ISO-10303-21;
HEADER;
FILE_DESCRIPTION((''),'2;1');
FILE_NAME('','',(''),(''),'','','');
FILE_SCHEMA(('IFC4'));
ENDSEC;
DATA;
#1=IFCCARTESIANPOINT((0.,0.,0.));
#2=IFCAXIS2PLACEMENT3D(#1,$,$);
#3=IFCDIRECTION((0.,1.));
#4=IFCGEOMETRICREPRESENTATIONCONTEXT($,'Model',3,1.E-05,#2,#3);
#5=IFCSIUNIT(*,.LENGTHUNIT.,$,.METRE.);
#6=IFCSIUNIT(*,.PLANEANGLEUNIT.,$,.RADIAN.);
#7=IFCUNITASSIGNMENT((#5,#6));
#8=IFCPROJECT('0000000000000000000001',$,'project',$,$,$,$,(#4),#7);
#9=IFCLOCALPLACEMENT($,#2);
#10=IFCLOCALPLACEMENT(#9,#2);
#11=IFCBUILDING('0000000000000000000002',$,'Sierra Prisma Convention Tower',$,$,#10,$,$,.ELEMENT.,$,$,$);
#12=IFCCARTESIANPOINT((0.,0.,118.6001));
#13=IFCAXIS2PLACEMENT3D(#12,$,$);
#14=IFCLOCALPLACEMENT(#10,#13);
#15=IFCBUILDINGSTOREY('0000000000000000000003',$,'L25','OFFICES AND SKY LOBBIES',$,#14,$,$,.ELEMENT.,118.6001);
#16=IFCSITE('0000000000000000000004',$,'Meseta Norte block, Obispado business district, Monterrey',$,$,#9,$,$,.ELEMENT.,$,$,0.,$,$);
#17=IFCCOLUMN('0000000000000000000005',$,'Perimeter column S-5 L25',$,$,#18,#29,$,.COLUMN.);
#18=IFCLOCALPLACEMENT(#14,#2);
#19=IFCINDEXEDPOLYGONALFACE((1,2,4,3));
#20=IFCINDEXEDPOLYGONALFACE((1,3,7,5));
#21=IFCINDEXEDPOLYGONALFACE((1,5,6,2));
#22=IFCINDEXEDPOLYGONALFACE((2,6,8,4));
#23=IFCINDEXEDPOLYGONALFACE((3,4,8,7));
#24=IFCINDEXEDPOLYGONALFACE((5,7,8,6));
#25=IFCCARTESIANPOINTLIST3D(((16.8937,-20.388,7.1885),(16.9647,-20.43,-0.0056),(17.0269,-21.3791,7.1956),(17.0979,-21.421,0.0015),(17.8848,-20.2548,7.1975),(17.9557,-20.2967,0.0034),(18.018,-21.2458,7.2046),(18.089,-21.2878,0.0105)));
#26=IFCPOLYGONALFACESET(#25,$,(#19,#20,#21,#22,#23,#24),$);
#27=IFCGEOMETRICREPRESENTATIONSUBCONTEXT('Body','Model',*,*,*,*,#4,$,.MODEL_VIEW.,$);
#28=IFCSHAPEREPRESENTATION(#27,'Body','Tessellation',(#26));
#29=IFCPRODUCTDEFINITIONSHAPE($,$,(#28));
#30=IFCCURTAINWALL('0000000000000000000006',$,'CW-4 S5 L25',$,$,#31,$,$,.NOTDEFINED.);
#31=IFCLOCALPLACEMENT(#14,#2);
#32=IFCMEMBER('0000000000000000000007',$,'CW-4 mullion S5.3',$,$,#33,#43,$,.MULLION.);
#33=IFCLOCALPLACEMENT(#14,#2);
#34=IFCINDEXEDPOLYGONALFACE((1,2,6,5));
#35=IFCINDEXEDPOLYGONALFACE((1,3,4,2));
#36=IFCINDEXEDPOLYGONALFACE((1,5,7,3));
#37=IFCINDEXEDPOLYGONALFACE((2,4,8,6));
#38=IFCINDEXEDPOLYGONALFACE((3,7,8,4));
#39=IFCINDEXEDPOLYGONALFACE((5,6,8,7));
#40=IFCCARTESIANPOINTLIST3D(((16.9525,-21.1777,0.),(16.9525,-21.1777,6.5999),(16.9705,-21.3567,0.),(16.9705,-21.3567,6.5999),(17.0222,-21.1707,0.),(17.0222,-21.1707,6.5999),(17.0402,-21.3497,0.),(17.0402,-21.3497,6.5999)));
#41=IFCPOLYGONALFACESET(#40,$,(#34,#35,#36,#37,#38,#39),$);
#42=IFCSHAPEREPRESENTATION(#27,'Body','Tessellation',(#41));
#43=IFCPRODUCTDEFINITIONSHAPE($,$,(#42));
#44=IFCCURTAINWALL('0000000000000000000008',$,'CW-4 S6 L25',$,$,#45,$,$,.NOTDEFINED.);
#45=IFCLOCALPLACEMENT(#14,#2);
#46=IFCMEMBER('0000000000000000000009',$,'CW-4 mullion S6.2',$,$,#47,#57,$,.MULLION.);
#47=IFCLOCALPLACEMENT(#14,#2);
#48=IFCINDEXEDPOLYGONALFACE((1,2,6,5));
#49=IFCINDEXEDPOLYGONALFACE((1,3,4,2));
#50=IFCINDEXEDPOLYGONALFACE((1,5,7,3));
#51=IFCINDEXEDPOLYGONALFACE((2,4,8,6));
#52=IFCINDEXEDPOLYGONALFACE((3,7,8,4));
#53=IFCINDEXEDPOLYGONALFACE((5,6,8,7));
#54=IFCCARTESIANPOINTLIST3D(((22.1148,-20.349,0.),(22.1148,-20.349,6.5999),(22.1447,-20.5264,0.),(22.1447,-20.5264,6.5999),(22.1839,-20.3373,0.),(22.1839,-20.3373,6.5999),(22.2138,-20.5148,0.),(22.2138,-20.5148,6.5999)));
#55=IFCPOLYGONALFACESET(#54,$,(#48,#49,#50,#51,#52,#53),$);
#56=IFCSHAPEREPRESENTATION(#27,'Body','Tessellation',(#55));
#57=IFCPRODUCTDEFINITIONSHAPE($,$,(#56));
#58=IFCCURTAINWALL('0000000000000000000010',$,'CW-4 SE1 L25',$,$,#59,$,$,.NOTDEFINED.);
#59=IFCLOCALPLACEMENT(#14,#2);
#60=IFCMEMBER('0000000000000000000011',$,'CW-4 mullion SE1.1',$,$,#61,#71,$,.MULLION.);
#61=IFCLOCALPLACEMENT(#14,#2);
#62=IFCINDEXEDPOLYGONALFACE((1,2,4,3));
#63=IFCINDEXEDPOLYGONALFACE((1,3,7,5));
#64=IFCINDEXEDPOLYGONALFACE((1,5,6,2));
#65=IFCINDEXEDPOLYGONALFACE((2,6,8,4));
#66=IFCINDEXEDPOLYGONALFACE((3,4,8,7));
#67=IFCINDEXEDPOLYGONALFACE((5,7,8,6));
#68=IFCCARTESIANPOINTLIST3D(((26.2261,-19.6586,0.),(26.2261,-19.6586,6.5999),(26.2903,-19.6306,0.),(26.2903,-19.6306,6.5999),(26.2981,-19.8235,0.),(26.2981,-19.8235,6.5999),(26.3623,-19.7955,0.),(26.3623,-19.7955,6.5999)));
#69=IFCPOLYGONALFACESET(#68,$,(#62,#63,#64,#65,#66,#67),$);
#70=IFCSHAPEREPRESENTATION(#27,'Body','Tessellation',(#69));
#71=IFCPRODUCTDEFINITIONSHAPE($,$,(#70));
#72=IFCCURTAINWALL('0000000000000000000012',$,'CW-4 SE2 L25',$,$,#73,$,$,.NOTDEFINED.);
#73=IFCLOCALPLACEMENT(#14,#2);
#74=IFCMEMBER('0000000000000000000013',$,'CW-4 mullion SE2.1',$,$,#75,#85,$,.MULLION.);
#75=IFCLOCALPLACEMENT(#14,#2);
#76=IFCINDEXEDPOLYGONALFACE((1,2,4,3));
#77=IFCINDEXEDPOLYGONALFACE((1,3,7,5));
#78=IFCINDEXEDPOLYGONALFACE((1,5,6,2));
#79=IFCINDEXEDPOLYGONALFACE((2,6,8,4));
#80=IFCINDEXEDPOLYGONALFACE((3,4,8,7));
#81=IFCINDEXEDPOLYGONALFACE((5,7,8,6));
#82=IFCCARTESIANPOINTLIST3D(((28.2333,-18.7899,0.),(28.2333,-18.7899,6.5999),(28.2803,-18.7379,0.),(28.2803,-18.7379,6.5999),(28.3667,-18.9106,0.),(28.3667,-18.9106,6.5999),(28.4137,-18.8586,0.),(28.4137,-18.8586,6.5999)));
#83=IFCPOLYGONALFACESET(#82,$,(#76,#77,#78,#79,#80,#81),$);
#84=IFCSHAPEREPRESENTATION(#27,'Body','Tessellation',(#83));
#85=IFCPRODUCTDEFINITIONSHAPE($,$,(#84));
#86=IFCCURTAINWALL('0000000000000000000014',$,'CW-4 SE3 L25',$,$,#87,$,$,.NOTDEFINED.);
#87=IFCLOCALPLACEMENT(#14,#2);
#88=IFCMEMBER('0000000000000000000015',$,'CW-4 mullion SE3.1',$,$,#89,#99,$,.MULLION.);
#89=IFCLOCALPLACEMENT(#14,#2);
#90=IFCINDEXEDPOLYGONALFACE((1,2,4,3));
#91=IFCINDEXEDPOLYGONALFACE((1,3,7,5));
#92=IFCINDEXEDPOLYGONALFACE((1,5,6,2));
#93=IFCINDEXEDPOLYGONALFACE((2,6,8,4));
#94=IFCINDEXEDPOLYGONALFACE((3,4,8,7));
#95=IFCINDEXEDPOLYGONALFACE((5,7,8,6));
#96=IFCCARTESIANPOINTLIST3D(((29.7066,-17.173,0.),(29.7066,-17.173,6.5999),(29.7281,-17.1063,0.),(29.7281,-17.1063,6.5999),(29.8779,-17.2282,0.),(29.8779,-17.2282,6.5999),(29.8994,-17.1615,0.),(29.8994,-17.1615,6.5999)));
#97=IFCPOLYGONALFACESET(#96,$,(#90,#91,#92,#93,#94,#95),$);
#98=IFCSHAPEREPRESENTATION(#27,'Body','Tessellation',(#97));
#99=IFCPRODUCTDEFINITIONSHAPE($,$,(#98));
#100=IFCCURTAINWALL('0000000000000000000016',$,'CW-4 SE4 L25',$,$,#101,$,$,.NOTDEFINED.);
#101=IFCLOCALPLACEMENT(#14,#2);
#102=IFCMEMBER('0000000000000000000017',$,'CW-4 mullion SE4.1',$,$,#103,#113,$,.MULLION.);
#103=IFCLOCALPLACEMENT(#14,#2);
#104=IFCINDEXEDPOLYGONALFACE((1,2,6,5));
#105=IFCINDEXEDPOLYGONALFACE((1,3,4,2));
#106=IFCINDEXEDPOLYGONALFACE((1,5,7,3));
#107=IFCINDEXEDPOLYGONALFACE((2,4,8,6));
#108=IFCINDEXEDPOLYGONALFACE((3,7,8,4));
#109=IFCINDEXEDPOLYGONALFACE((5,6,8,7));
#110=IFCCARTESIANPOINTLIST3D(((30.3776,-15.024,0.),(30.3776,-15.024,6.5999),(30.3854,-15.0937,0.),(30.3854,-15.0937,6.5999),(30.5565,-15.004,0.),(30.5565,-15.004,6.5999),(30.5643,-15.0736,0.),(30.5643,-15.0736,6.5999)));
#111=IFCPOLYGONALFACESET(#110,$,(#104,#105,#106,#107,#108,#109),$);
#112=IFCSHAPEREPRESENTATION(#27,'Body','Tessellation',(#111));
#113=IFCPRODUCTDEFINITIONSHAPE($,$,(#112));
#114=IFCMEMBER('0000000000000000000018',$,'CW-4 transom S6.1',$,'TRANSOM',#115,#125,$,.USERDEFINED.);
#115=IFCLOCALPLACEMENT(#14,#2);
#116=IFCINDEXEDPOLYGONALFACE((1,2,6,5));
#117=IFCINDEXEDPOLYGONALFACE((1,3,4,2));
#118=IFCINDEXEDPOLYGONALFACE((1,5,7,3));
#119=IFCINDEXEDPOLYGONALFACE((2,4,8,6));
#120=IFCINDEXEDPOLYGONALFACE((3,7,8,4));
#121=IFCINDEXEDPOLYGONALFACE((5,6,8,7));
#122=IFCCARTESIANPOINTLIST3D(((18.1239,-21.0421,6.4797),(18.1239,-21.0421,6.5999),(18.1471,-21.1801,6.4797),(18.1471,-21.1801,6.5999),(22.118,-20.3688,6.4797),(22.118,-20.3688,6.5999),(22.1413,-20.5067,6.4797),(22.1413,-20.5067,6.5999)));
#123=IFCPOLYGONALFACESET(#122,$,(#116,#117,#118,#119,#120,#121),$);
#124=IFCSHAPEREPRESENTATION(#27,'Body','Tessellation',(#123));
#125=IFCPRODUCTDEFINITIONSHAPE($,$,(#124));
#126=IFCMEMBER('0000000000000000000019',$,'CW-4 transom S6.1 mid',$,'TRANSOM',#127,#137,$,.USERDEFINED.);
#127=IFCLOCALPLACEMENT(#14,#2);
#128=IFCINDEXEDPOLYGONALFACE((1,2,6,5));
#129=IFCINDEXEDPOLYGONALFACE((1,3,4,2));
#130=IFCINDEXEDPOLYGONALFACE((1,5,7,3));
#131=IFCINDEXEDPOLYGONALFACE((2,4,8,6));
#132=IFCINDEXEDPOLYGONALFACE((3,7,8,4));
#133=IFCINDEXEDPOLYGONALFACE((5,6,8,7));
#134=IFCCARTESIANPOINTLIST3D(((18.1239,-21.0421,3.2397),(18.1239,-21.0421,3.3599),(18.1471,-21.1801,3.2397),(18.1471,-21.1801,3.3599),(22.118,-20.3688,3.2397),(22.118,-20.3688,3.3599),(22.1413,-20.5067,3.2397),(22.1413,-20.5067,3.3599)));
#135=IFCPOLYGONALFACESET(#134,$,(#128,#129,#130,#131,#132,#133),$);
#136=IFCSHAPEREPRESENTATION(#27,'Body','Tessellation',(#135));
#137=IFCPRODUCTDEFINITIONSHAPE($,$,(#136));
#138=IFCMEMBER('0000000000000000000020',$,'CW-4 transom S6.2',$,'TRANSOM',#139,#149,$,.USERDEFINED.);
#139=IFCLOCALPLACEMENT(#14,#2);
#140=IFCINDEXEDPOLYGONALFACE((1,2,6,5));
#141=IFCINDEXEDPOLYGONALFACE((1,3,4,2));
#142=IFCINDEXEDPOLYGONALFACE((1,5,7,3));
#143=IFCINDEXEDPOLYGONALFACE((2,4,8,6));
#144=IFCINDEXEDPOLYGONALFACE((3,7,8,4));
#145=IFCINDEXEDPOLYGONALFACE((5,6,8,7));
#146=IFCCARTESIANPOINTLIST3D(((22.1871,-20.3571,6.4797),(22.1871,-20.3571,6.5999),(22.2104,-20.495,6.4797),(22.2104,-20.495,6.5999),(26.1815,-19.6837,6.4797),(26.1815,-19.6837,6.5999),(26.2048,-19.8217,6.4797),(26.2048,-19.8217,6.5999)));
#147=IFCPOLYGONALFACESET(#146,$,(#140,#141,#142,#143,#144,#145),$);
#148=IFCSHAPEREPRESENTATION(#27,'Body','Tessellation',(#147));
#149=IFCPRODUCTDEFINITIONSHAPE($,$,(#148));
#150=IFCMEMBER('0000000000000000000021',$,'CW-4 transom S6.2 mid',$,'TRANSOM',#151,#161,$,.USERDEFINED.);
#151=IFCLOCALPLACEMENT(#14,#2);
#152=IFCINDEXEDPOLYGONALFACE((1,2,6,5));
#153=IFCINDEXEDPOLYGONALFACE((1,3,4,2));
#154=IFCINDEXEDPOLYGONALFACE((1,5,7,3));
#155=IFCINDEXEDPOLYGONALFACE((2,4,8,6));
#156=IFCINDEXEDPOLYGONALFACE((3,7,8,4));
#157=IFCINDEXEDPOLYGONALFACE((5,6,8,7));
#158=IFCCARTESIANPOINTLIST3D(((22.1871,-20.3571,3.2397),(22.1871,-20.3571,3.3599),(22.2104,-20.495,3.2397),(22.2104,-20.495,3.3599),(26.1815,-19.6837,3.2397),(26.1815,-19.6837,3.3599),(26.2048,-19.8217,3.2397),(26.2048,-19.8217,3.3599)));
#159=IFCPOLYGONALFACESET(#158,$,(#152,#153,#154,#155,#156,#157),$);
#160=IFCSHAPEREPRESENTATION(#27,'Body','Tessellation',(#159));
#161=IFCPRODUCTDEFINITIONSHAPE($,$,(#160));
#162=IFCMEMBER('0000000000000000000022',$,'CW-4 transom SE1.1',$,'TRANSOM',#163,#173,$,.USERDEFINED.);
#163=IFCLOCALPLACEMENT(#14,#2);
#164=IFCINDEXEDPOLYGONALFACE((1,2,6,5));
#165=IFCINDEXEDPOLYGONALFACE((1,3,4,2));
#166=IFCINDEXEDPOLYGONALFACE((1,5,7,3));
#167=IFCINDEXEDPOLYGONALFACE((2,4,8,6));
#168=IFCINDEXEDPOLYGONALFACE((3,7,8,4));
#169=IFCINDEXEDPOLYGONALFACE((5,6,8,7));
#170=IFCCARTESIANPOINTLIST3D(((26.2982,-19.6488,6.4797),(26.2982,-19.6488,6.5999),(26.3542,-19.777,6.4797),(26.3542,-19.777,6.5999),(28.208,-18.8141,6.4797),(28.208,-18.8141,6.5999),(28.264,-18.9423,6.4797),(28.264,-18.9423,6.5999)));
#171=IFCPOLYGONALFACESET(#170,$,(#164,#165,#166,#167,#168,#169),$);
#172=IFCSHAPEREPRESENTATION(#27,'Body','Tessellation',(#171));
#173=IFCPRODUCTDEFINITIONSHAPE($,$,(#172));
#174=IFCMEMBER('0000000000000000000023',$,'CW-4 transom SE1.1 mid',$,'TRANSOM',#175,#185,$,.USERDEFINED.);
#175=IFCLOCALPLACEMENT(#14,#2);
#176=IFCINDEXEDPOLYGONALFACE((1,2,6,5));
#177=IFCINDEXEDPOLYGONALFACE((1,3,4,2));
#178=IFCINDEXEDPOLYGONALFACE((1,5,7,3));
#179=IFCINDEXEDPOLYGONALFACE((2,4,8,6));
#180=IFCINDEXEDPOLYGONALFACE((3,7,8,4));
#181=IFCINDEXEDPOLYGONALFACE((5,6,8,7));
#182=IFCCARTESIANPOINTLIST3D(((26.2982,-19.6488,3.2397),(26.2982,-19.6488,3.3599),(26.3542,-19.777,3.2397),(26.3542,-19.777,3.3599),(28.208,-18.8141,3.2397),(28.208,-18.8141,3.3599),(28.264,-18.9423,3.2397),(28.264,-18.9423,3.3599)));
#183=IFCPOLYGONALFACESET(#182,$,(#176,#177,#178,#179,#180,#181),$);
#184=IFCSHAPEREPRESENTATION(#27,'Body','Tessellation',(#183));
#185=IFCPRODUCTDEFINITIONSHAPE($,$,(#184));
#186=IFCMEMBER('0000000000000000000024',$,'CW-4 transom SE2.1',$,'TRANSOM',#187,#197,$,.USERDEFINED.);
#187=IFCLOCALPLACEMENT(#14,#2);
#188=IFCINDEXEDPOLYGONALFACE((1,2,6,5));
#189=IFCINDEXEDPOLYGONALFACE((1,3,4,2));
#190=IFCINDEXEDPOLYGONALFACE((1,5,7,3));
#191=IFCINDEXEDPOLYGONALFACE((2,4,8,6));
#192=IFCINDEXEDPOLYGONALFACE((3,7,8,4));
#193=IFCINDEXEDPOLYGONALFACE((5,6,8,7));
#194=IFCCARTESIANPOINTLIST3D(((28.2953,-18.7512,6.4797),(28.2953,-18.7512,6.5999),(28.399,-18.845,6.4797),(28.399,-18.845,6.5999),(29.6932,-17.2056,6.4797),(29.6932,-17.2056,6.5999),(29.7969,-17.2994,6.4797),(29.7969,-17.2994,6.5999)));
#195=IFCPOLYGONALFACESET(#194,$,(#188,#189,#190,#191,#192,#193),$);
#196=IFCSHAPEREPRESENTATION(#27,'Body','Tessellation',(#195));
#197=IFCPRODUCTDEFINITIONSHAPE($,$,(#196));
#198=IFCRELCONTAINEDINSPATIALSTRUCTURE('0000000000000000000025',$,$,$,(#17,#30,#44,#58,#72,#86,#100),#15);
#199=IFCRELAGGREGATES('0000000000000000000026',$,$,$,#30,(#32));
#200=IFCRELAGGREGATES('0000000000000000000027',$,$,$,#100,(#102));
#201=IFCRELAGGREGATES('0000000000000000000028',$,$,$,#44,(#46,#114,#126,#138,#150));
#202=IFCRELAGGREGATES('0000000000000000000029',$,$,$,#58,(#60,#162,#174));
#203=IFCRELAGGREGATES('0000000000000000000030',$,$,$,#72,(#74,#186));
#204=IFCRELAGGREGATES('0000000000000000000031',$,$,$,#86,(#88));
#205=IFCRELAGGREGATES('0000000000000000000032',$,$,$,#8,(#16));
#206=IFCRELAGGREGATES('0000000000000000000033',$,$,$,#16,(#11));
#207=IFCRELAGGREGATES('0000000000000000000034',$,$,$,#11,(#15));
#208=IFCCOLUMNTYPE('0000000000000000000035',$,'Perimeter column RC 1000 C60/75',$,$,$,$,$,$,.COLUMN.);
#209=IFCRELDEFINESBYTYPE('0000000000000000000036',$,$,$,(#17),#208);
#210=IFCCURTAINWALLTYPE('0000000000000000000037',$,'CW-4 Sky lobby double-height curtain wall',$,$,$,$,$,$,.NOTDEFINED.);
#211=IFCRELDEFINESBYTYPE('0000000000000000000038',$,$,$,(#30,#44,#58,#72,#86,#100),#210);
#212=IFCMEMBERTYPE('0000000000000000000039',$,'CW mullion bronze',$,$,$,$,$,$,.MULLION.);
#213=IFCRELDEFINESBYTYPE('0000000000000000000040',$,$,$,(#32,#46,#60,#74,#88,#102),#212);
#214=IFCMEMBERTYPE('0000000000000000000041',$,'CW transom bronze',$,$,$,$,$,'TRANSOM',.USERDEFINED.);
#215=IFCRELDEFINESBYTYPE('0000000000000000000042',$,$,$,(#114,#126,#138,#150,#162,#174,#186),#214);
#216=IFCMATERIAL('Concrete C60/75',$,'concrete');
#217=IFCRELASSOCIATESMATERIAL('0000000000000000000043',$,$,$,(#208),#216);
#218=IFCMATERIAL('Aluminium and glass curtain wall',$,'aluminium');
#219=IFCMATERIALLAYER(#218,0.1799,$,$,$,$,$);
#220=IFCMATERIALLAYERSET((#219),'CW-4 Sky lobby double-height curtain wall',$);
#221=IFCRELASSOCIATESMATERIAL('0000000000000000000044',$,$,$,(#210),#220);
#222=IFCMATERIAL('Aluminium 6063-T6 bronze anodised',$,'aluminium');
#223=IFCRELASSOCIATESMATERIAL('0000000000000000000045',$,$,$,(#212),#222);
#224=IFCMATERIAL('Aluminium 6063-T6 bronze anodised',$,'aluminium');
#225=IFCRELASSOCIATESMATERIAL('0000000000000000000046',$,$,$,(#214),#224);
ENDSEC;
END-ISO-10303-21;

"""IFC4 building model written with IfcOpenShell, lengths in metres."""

from ifc_helpers import new_model, si_unit, direction, frame, origin, origin_2d, place, context, subcontext, project, spatial, rectangle, extrude, clip, halfspace, material, layer, layer_set, material_profile, profile_set, type_object, element, aggregate, save


model = new_model("IFC4")

# Units and contexts
model_context = context("Model", 3, precision=1e-05, world=origin(), true_north=direction((0.0, 1.0)))
body_context = subcontext(model_context, "Body", "Model", "MODEL_VIEW")
ifc_project = project(units=[si_unit("LENGTHUNIT", "METRE"), si_unit("PLANEANGLEUNIT", "RADIAN")], contexts=[model_context])

# Site, building, storey
site_placement = place(None, origin())
site = spatial("IfcSite", under=ifc_project, at=site_placement, Name="Meseta Norte block, Obispado business district, Monterrey", CompositionType="ELEMENT", RefElevation=0.0)
building_placement = place(site_placement, origin())
building = spatial("IfcBuilding", under=site, at=building_placement, Name="Sierra Prisma Convention Tower", CompositionType="ELEMENT")
storey_placement = place(building_placement, frame((0.0, 0.0, 118.6001)))
storey = spatial("IfcBuildingStorey", under=building, at=storey_placement, Name="L25", Description="OFFICES AND SKY LOBBIES", CompositionType="ELEMENT", Elevation=118.6001)

# Column
ifc_material_1 = material(Name="Concrete C60/75", Category="concrete")
ifc_material_profile_1 = material_profile(ifc_material_1, rectangle(XDim=1.0, YDim=1.0, at=origin_2d()), Name="Perimeter column RC 1000 C60/75")
ifc_profile_set_1 = profile_set([ifc_material_profile_1], Name="Concrete C60/75")
column_type = type_object("IfcColumnType", Name="Perimeter column RC 1000 C60/75", PredefinedType="COLUMN", material=ifc_profile_set_1)
column_placement = place(storey_placement, frame((17.5269, -20.8589, 0.0), z_axis=(-0.009867, 0.005832, 0.999934), x_axis=(0.99104, 0.133264, 0.009002)))
element("IfcColumn", 1, at=column_placement, inside=storey, type_object=column_type, Name="Perimeter column S-5 L25", PredefinedType="COLUMN", context=body_context, shape_type="SweptSolid", body=[
    clip(clip(extrude(rectangle(XDim=1.0, YDim=1.0, at=origin_2d()), origin(), (0.0, 0.0, 1.0), 7.2004), halfspace(frame((0.0, 0.0, 0.0024)), True)), halfspace(frame((0.0, 0.0, 7.197)), False)),
])

# Curtain walls, members
ifc_material_2 = material(Name="Aluminium and glass curtain wall", Category="aluminium")
ifc_layer_1 = layer(ifc_material_2, 0.1799)
ifc_layer_set_1 = layer_set([ifc_layer_1], Name="CW-4 Sky lobby double-height curtain wall")
curtain_wall_type = type_object("IfcCurtainWallType", Name="CW-4 Sky lobby double-height curtain wall", PredefinedType="NOTDEFINED", material=ifc_layer_set_1)
curtain_wall_1_placement = place(storey_placement, origin())
curtain_wall_1 = element("IfcCurtainWall", 2, at=curtain_wall_1_placement, inside=storey, type_object=curtain_wall_type, Name="CW-4 S5 L25", PredefinedType="NOTDEFINED")
ifc_material_3 = material(Name="Aluminium 6063-T6 bronze anodised", Category="aluminium")
ifc_material_profile_2 = material_profile(ifc_material_3, rectangle(XDim=0.1799, YDim=0.0701, at=origin_2d()), Name="ALU MULLION 70x180")
ifc_profile_set_2 = profile_set([ifc_material_profile_2], Name="Aluminium 6063-T6 bronze anodised")
member_type_1 = type_object("IfcMemberType", Name="CW mullion bronze", PredefinedType="MULLION", material=ifc_profile_set_2)
member_1_placement = place(storey_placement, frame((16.9963, -21.2637, 0.0), z_axis=(0.0, 0.0, 1.0), x_axis=(-0.100037, 0.994984, 0.0)))
member_1 = element("IfcMember", 3, at=member_1_placement, type_object=member_type_1, Name="CW-4 mullion S5.3", PredefinedType="MULLION", context=body_context, shape_type="SweptSolid", body=[
    extrude(rectangle(XDim=0.1799, YDim=0.0701, at=origin_2d()), origin(), (0.0, 0.0, 1.0), 6.5999),
])
aggregate(curtain_wall_1, [member_1])
curtain_wall_2_placement = place(storey_placement, origin())
curtain_wall_2 = element("IfcCurtainWall", 4, at=curtain_wall_2_placement, inside=storey, type_object=curtain_wall_type, Name="CW-4 S6 L25", PredefinedType="NOTDEFINED")
member_2_placement = place(storey_placement, frame((22.1643, -20.4319, 0.0), z_axis=(0.0, 0.0, 1.0), x_axis=(-0.166232, 0.986087, 0.0)))
member_2 = element("IfcMember", 5, at=member_2_placement, type_object=member_type_1, Name="CW-4 mullion S6.2", PredefinedType="MULLION", context=body_context, shape_type="SweptSolid", body=[
    extrude(rectangle(XDim=0.1799, YDim=0.0701, at=origin_2d()), origin(), (0.0, 0.0, 1.0), 6.5999),
])
curtain_wall_3_placement = place(storey_placement, origin())
curtain_wall_3 = element("IfcCurtainWall", 6, at=curtain_wall_3_placement, inside=storey, type_object=curtain_wall_type, Name="CW-4 SE1 L25", PredefinedType="NOTDEFINED")
member_3_placement = place(storey_placement, frame((26.2942, -19.7271, 0.0), z_axis=(0.0, 0.0, 1.0), x_axis=(-0.40054, 0.916279, 0.0)))
member_3 = element("IfcMember", 7, at=member_3_placement, type_object=member_type_1, Name="CW-4 mullion SE1.1", PredefinedType="MULLION", context=body_context, shape_type="SweptSolid", body=[
    extrude(rectangle(XDim=0.1799, YDim=0.0701, at=origin_2d()), origin(), (0.0, 0.0, 1.0), 6.5999),
])
curtain_wall_4_placement = place(storey_placement, origin())
curtain_wall_4 = element("IfcCurtainWall", 8, at=curtain_wall_4_placement, inside=storey, type_object=curtain_wall_type, Name="CW-4 SE2 L25", PredefinedType="NOTDEFINED")
member_4_placement = place(storey_placement, frame((28.3235, -18.8242, 0.0), z_axis=(0.0, 0.0, 1.0), x_axis=(-0.741632, 0.670807, 0.0)))
member_4 = element("IfcMember", 9, at=member_4_placement, type_object=member_type_1, Name="CW-4 mullion SE2.1", PredefinedType="MULLION", context=body_context, shape_type="SweptSolid", body=[
    extrude(rectangle(XDim=0.1799, YDim=0.0701, at=origin_2d()), origin(), (0.0, 0.0, 1.0), 6.5999),
])
curtain_wall_5_placement = place(storey_placement, origin())
curtain_wall_5 = element("IfcCurtainWall", 10, at=curtain_wall_5_placement, inside=storey, type_object=curtain_wall_type, Name="CW-4 SE3 L25", PredefinedType="NOTDEFINED")
member_5_placement = place(storey_placement, frame((29.803, -17.1672, 0.0), z_axis=(0.0, 0.0, 1.0), x_axis=(-0.951752, 0.306869, 0.0)))
member_5 = element("IfcMember", 11, at=member_5_placement, type_object=member_type_1, Name="CW-4 mullion SE3.1", PredefinedType="MULLION", context=body_context, shape_type="SweptSolid", body=[
    extrude(rectangle(XDim=0.1799, YDim=0.0701, at=origin_2d()), origin(), (0.0, 0.0, 1.0), 6.5999),
])
curtain_wall_6_placement = place(storey_placement, origin())
curtain_wall_6 = element("IfcCurtainWall", 12, at=curtain_wall_6_placement, inside=storey, type_object=curtain_wall_type, Name="CW-4 SE4 L25", PredefinedType="NOTDEFINED")
member_6_placement = place(storey_placement, frame((30.4709, -15.0488, 0.0), z_axis=(0.0, 0.0, 1.0), x_axis=(-0.993791, -0.111262, 0.0)))
member_6 = element("IfcMember", 13, at=member_6_placement, type_object=member_type_1, Name="CW-4 mullion SE4.1", PredefinedType="MULLION", context=body_context, shape_type="SweptSolid", body=[
    extrude(rectangle(XDim=0.1799, YDim=0.0701, at=origin_2d()), origin(), (0.0, 0.0, 1.0), 6.5999),
])

# Members
ifc_material_4 = material(Name="Aluminium 6063-T6 bronze anodised", Category="aluminium")
ifc_material_profile_3 = material_profile(ifc_material_4, rectangle(XDim=0.1399, YDim=0.1201, at=origin_2d()), Name="ALU TRANSOM 120x140")
ifc_profile_set_3 = profile_set([ifc_material_profile_3], Name="Aluminium 6063-T6 bronze anodised")
member_type_2 = type_object("IfcMemberType", Name="CW transom bronze", ElementType="TRANSOM", PredefinedType="USERDEFINED", material=ifc_profile_set_3)
member_7_placement = place(storey_placement, frame((18.1355, -21.1111, 6.5398), z_axis=(0.986086, 0.166236, 0.0), x_axis=(-0.166236, 0.986086, 0.0)))
member_7 = element("IfcMember", 14, at=member_7_placement, type_object=member_type_2, Name="CW-4 transom S6.1", ObjectType="TRANSOM", PredefinedType="USERDEFINED", context=body_context, shape_type="SweptSolid", body=[
    extrude(rectangle(XDim=0.1399, YDim=0.1201, at=origin_2d()), origin(), (0.0, 0.0, 1.0), 4.0505),
])
member_8_placement = place(storey_placement, frame((18.1355, -21.1111, 3.2998), z_axis=(0.986086, 0.166236, 0.0), x_axis=(-0.166236, 0.986086, 0.0)))
member_8 = element("IfcMember", 15, at=member_8_placement, type_object=member_type_2, Name="CW-4 transom S6.1 mid", ObjectType="TRANSOM", PredefinedType="USERDEFINED", context=body_context, shape_type="SweptSolid", body=[
    extrude(rectangle(XDim=0.1399, YDim=0.1201, at=origin_2d()), origin(), (0.0, 0.0, 1.0), 4.0505),
])
member_9_placement = place(storey_placement, frame((22.1987, -20.426, 6.5398), z_axis=(0.986088, 0.166226, 0.0), x_axis=(-0.166226, 0.986088, 0.0)))
member_9 = element("IfcMember", 16, at=member_9_placement, type_object=member_type_2, Name="CW-4 transom S6.2", ObjectType="TRANSOM", PredefinedType="USERDEFINED", context=body_context, shape_type="SweptSolid", body=[
    extrude(rectangle(XDim=0.1399, YDim=0.1201, at=origin_2d()), origin(), (0.0, 0.0, 1.0), 4.0508),
])
member_10_placement = place(storey_placement, frame((22.1987, -20.426, 3.2998), z_axis=(0.986088, 0.166226, 0.0), x_axis=(-0.166226, 0.986088, 0.0)))
member_10 = element("IfcMember", 17, at=member_10_placement, type_object=member_type_2, Name="CW-4 transom S6.2 mid", ObjectType="TRANSOM", PredefinedType="USERDEFINED", context=body_context, shape_type="SweptSolid", body=[
    extrude(rectangle(XDim=0.1399, YDim=0.1201, at=origin_2d()), origin(), (0.0, 0.0, 1.0), 4.0508),
])
member_11_placement = place(storey_placement, frame((26.3262, -19.7129, 6.5398), z_axis=(0.91631, 0.400469, 0.0), x_axis=(-0.400469, 0.91631, 0.0)))
member_11 = element("IfcMember", 18, at=member_11_placement, type_object=member_type_2, Name="CW-4 transom SE1.1", ObjectType="TRANSOM", PredefinedType="USERDEFINED", context=body_context, shape_type="SweptSolid", body=[
    extrude(rectangle(XDim=0.1399, YDim=0.1201, at=origin_2d()), origin(), (0.0, 0.0, 1.0), 2.0842),
])
member_12_placement = place(storey_placement, frame((26.3262, -19.7129, 3.2998), z_axis=(0.91631, 0.400469, 0.0), x_axis=(-0.400469, 0.91631, 0.0)))
member_12 = element("IfcMember", 19, at=member_12_placement, type_object=member_type_2, Name="CW-4 transom SE1.1 mid", ObjectType="TRANSOM", PredefinedType="USERDEFINED", context=body_context, shape_type="SweptSolid", body=[
    extrude(rectangle(XDim=0.1399, YDim=0.1201, at=origin_2d()), origin(), (0.0, 0.0, 1.0), 2.0842),
])
member_13_placement = place(storey_placement, frame((28.3472, -18.7981, 6.5398), z_axis=(0.670781, 0.741655, 0.0), x_axis=(-0.741655, 0.670781, 0.0)))
member_13 = element("IfcMember", 20, at=member_13_placement, type_object=member_type_2, Name="CW-4 transom SE2.1", ObjectType="TRANSOM", PredefinedType="USERDEFINED", context=body_context, shape_type="SweptSolid", body=[
    extrude(rectangle(XDim=0.1399, YDim=0.1201, at=origin_2d()), origin(), (0.0, 0.0, 1.0), 2.084),
])
aggregate(curtain_wall_6, [member_6])

aggregate(curtain_wall_2, [member_2, member_7, member_8, member_9, member_10])
aggregate(curtain_wall_3, [member_3, member_11, member_12])
aggregate(curtain_wall_4, [member_4, member_13])
aggregate(curtain_wall_5, [member_5])

save(model, "model.ifc")
